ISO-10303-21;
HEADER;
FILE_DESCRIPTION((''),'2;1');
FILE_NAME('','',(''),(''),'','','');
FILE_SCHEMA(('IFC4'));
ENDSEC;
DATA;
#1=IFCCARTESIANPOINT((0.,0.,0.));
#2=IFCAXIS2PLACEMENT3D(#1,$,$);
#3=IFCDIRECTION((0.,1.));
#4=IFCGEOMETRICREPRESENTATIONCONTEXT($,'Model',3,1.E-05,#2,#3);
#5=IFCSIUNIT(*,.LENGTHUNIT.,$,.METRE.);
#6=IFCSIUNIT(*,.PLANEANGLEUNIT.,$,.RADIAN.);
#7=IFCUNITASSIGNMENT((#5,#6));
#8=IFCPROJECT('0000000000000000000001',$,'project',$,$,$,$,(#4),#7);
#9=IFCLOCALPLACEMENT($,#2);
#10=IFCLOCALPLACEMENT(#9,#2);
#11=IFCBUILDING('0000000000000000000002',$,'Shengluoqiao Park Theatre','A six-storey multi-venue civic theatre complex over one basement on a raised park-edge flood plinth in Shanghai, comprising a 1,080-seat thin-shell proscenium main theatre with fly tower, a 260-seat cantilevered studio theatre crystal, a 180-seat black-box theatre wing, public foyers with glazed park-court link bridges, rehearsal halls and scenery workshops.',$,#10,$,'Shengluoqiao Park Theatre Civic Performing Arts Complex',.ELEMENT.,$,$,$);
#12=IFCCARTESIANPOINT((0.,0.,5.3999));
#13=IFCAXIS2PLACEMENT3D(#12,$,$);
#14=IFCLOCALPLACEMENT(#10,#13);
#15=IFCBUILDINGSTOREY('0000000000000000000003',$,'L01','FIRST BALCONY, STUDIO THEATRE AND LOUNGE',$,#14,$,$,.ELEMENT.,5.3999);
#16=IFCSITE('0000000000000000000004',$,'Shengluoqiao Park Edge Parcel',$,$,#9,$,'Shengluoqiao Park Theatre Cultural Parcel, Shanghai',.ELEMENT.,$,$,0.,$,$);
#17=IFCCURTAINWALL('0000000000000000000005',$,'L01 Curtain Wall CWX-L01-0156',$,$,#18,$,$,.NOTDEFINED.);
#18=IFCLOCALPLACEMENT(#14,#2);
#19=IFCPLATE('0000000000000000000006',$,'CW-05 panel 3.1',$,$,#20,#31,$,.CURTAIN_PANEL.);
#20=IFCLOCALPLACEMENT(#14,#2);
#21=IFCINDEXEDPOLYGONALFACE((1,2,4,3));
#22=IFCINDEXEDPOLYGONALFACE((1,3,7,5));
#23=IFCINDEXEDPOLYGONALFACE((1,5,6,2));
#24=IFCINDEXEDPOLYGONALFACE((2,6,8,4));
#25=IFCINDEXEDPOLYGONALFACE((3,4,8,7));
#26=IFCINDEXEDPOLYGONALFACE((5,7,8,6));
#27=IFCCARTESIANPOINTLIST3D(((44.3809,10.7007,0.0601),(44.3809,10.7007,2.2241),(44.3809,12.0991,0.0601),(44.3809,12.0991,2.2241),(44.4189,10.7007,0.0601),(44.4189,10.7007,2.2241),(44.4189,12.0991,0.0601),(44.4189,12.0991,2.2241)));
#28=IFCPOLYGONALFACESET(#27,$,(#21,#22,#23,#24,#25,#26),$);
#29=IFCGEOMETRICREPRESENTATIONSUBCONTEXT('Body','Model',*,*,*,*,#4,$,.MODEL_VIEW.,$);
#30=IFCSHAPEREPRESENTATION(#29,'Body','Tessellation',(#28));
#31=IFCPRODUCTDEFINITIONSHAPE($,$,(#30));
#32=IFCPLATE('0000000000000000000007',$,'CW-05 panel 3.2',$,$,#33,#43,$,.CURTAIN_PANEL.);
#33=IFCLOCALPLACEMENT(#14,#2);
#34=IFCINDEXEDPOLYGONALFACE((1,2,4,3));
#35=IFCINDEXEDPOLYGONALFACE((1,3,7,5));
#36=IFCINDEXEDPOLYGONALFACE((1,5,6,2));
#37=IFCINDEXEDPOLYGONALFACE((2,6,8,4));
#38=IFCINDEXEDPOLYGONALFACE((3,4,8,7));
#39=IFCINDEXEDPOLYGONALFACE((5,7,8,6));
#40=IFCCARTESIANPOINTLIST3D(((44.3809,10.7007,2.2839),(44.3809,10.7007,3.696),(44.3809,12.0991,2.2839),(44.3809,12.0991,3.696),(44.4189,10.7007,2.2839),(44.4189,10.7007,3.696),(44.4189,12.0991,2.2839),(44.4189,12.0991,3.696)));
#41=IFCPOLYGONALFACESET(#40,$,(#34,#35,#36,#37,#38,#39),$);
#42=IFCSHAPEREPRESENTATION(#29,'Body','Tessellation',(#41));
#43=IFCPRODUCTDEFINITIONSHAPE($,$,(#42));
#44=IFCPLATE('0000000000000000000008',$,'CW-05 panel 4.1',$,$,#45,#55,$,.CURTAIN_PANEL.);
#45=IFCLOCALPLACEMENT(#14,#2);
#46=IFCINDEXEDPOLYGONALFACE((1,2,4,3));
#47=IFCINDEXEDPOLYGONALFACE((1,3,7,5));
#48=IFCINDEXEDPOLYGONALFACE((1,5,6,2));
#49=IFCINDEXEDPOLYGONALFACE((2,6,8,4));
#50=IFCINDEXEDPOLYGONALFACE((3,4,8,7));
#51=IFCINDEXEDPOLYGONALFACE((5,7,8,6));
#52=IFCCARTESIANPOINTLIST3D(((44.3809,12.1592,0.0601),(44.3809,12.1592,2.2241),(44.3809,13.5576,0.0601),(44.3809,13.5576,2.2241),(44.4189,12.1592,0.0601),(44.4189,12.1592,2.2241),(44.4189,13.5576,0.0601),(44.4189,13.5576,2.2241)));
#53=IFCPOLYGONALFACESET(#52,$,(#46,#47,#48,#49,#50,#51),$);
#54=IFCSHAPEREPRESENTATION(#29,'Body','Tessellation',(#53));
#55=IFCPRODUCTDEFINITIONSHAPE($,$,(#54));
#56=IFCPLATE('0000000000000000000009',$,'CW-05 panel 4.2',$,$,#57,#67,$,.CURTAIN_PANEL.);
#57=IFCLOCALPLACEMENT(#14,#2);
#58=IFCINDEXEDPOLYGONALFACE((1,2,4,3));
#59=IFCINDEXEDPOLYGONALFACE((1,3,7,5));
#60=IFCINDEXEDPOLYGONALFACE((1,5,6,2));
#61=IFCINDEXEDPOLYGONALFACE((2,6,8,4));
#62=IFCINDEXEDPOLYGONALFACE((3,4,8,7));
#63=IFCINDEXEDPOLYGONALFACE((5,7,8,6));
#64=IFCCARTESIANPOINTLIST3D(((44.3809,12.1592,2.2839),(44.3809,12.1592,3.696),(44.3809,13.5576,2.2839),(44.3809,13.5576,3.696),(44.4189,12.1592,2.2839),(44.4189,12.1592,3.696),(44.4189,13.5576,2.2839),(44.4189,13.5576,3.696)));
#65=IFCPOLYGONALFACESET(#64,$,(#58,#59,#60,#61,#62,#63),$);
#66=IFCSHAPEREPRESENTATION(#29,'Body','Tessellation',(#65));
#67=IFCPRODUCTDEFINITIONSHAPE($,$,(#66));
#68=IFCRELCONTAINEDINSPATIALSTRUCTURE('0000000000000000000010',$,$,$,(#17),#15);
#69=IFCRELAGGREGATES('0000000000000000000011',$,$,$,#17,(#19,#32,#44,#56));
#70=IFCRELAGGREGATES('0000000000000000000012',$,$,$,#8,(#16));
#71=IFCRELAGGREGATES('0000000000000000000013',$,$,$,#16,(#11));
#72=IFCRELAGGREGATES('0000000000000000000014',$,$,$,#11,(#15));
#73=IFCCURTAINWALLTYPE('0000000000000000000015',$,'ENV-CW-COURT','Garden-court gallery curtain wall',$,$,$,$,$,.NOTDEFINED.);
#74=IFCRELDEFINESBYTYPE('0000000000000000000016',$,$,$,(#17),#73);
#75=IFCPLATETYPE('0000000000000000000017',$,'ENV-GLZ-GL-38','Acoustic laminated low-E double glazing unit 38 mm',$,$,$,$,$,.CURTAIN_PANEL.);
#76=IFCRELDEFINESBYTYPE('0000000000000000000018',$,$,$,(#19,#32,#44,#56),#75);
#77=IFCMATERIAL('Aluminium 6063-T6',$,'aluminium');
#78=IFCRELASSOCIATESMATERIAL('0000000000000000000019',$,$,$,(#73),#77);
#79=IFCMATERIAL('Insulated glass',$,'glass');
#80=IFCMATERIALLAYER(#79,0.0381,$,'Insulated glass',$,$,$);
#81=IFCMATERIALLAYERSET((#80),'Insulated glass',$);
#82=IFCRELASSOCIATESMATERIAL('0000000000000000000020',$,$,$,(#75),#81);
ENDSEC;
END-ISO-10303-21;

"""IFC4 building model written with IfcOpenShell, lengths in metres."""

from ifc_helpers import new_model, si_unit, direction, frame, origin, origin_2d, place, context, subcontext, project, spatial, rectangle, extrude, material, layer, layer_set, type_object, element, aggregate, save


model = new_model("IFC4")

# Units and contexts
model_context = context("Model", 3, precision=1e-05, world=origin(), true_north=direction((0.0, 1.0)))
body_context = subcontext(model_context, "Body", "Model", "MODEL_VIEW")
ifc_project = project(units=[si_unit("LENGTHUNIT", "METRE"), si_unit("PLANEANGLEUNIT", "RADIAN")], contexts=[model_context])

# Site, building, storey
site_placement = place(None, origin())
site = spatial("IfcSite", under=ifc_project, at=site_placement, Name="Shengluoqiao Park Edge Parcel", LongName="Shengluoqiao Park Theatre Cultural Parcel, Shanghai", CompositionType="ELEMENT", RefElevation=0.0)
building_placement = place(site_placement, origin())
building = spatial("IfcBuilding", under=site, at=building_placement, Name="Shengluoqiao Park Theatre", Description="A six-storey multi-venue civic theatre complex over one basement on a raised park-edge flood plinth in Shanghai, comprising a 1,080-seat thin-shell proscenium main theatre with fly tower, a 260-seat cantilevered studio theatre crystal, a 180-seat black-box theatre wing, public foyers with glazed park-court link bridges, rehearsal halls and scenery workshops.", LongName="Shengluoqiao Park Theatre Civic Performing Arts Complex", CompositionType="ELEMENT")
storey_placement = place(building_placement, frame((0.0, 0.0, 5.3999)))
storey = spatial("IfcBuildingStorey", under=building, at=storey_placement, Name="L01", Description="FIRST BALCONY, STUDIO THEATRE AND LOUNGE", CompositionType="ELEMENT", Elevation=5.3999)

# Curtain wall
ifc_material_1 = material(Name="Aluminium 6063-T6", Category="aluminium")
curtain_wall_type = type_object("IfcCurtainWallType", Name="ENV-CW-COURT", Description="Garden-court gallery curtain wall", PredefinedType="NOTDEFINED", material=ifc_material_1)
curtain_wall_placement = place(storey_placement, origin())
curtain_wall = element("IfcCurtainWall", 1, at=curtain_wall_placement, inside=storey, type_object=curtain_wall_type, Name="L01 Curtain Wall CWX-L01-0156", PredefinedType="NOTDEFINED")

# Plates
ifc_material_2 = material(Name="Insulated glass", Category="glass")
ifc_layer = layer(ifc_material_2, 0.0381, Name="Insulated glass")
ifc_layer_set = layer_set([ifc_layer], Name="Insulated glass")
plate_type = type_object("IfcPlateType", Name="ENV-GLZ-GL-38", Description="Acoustic laminated low-E double glazing unit 38 mm", PredefinedType="CURTAIN_PANEL", material=ifc_layer_set)
plate_1_placement = place(storey_placement, frame((44.3999, 11.3999, 0.0601), z_axis=(0.0, 0.0, 1.0), x_axis=(0.0, 1.0, 0.0)))
plate_1 = element("IfcPlate", 2, at=plate_1_placement, type_object=plate_type, Name="CW-05 panel 3.1", PredefinedType="CURTAIN_PANEL", context=body_context, shape_type="SweptSolid", body=[
    extrude(rectangle(XDim=1.3984, YDim=0.0381, at=origin_2d()), origin(), (0.0, 0.0, 1.0), 2.1641),
])
plate_2_placement = place(storey_placement, frame((44.3999, 11.3999, 2.2839), z_axis=(0.0, 0.0, 1.0), x_axis=(0.0, 1.0, 0.0)))
plate_2 = element("IfcPlate", 3, at=plate_2_placement, type_object=plate_type, Name="CW-05 panel 3.2", PredefinedType="CURTAIN_PANEL", context=body_context, shape_type="SweptSolid", body=[
    extrude(rectangle(XDim=1.3984, YDim=0.0381, at=origin_2d()), origin(), (0.0, 0.0, 1.0), 1.4121),
])
plate_3_placement = place(storey_placement, frame((44.3999, 12.8584, 0.0601), z_axis=(0.0, 0.0, 1.0), x_axis=(0.0, 1.0, 0.0)))
plate_3 = element("IfcPlate", 4, at=plate_3_placement, type_object=plate_type, Name="CW-05 panel 4.1", PredefinedType="CURTAIN_PANEL", context=body_context, shape_type="SweptSolid", body=[
    extrude(rectangle(XDim=1.3984, YDim=0.0381, at=origin_2d()), origin(), (0.0, 0.0, 1.0), 2.1641),
])
plate_4_placement = place(storey_placement, frame((44.3999, 12.8584, 2.2839), z_axis=(0.0, 0.0, 1.0), x_axis=(0.0, 1.0, 0.0)))
plate_4 = element("IfcPlate", 5, at=plate_4_placement, type_object=plate_type, Name="CW-05 panel 4.2", PredefinedType="CURTAIN_PANEL", context=body_context, shape_type="SweptSolid", body=[
    extrude(rectangle(XDim=1.3984, YDim=0.0381, at=origin_2d()), origin(), (0.0, 0.0, 1.0), 1.4121),
])
aggregate(curtain_wall, [plate_1, plate_2, plate_3, plate_4])

save(model, "model.ifc")
